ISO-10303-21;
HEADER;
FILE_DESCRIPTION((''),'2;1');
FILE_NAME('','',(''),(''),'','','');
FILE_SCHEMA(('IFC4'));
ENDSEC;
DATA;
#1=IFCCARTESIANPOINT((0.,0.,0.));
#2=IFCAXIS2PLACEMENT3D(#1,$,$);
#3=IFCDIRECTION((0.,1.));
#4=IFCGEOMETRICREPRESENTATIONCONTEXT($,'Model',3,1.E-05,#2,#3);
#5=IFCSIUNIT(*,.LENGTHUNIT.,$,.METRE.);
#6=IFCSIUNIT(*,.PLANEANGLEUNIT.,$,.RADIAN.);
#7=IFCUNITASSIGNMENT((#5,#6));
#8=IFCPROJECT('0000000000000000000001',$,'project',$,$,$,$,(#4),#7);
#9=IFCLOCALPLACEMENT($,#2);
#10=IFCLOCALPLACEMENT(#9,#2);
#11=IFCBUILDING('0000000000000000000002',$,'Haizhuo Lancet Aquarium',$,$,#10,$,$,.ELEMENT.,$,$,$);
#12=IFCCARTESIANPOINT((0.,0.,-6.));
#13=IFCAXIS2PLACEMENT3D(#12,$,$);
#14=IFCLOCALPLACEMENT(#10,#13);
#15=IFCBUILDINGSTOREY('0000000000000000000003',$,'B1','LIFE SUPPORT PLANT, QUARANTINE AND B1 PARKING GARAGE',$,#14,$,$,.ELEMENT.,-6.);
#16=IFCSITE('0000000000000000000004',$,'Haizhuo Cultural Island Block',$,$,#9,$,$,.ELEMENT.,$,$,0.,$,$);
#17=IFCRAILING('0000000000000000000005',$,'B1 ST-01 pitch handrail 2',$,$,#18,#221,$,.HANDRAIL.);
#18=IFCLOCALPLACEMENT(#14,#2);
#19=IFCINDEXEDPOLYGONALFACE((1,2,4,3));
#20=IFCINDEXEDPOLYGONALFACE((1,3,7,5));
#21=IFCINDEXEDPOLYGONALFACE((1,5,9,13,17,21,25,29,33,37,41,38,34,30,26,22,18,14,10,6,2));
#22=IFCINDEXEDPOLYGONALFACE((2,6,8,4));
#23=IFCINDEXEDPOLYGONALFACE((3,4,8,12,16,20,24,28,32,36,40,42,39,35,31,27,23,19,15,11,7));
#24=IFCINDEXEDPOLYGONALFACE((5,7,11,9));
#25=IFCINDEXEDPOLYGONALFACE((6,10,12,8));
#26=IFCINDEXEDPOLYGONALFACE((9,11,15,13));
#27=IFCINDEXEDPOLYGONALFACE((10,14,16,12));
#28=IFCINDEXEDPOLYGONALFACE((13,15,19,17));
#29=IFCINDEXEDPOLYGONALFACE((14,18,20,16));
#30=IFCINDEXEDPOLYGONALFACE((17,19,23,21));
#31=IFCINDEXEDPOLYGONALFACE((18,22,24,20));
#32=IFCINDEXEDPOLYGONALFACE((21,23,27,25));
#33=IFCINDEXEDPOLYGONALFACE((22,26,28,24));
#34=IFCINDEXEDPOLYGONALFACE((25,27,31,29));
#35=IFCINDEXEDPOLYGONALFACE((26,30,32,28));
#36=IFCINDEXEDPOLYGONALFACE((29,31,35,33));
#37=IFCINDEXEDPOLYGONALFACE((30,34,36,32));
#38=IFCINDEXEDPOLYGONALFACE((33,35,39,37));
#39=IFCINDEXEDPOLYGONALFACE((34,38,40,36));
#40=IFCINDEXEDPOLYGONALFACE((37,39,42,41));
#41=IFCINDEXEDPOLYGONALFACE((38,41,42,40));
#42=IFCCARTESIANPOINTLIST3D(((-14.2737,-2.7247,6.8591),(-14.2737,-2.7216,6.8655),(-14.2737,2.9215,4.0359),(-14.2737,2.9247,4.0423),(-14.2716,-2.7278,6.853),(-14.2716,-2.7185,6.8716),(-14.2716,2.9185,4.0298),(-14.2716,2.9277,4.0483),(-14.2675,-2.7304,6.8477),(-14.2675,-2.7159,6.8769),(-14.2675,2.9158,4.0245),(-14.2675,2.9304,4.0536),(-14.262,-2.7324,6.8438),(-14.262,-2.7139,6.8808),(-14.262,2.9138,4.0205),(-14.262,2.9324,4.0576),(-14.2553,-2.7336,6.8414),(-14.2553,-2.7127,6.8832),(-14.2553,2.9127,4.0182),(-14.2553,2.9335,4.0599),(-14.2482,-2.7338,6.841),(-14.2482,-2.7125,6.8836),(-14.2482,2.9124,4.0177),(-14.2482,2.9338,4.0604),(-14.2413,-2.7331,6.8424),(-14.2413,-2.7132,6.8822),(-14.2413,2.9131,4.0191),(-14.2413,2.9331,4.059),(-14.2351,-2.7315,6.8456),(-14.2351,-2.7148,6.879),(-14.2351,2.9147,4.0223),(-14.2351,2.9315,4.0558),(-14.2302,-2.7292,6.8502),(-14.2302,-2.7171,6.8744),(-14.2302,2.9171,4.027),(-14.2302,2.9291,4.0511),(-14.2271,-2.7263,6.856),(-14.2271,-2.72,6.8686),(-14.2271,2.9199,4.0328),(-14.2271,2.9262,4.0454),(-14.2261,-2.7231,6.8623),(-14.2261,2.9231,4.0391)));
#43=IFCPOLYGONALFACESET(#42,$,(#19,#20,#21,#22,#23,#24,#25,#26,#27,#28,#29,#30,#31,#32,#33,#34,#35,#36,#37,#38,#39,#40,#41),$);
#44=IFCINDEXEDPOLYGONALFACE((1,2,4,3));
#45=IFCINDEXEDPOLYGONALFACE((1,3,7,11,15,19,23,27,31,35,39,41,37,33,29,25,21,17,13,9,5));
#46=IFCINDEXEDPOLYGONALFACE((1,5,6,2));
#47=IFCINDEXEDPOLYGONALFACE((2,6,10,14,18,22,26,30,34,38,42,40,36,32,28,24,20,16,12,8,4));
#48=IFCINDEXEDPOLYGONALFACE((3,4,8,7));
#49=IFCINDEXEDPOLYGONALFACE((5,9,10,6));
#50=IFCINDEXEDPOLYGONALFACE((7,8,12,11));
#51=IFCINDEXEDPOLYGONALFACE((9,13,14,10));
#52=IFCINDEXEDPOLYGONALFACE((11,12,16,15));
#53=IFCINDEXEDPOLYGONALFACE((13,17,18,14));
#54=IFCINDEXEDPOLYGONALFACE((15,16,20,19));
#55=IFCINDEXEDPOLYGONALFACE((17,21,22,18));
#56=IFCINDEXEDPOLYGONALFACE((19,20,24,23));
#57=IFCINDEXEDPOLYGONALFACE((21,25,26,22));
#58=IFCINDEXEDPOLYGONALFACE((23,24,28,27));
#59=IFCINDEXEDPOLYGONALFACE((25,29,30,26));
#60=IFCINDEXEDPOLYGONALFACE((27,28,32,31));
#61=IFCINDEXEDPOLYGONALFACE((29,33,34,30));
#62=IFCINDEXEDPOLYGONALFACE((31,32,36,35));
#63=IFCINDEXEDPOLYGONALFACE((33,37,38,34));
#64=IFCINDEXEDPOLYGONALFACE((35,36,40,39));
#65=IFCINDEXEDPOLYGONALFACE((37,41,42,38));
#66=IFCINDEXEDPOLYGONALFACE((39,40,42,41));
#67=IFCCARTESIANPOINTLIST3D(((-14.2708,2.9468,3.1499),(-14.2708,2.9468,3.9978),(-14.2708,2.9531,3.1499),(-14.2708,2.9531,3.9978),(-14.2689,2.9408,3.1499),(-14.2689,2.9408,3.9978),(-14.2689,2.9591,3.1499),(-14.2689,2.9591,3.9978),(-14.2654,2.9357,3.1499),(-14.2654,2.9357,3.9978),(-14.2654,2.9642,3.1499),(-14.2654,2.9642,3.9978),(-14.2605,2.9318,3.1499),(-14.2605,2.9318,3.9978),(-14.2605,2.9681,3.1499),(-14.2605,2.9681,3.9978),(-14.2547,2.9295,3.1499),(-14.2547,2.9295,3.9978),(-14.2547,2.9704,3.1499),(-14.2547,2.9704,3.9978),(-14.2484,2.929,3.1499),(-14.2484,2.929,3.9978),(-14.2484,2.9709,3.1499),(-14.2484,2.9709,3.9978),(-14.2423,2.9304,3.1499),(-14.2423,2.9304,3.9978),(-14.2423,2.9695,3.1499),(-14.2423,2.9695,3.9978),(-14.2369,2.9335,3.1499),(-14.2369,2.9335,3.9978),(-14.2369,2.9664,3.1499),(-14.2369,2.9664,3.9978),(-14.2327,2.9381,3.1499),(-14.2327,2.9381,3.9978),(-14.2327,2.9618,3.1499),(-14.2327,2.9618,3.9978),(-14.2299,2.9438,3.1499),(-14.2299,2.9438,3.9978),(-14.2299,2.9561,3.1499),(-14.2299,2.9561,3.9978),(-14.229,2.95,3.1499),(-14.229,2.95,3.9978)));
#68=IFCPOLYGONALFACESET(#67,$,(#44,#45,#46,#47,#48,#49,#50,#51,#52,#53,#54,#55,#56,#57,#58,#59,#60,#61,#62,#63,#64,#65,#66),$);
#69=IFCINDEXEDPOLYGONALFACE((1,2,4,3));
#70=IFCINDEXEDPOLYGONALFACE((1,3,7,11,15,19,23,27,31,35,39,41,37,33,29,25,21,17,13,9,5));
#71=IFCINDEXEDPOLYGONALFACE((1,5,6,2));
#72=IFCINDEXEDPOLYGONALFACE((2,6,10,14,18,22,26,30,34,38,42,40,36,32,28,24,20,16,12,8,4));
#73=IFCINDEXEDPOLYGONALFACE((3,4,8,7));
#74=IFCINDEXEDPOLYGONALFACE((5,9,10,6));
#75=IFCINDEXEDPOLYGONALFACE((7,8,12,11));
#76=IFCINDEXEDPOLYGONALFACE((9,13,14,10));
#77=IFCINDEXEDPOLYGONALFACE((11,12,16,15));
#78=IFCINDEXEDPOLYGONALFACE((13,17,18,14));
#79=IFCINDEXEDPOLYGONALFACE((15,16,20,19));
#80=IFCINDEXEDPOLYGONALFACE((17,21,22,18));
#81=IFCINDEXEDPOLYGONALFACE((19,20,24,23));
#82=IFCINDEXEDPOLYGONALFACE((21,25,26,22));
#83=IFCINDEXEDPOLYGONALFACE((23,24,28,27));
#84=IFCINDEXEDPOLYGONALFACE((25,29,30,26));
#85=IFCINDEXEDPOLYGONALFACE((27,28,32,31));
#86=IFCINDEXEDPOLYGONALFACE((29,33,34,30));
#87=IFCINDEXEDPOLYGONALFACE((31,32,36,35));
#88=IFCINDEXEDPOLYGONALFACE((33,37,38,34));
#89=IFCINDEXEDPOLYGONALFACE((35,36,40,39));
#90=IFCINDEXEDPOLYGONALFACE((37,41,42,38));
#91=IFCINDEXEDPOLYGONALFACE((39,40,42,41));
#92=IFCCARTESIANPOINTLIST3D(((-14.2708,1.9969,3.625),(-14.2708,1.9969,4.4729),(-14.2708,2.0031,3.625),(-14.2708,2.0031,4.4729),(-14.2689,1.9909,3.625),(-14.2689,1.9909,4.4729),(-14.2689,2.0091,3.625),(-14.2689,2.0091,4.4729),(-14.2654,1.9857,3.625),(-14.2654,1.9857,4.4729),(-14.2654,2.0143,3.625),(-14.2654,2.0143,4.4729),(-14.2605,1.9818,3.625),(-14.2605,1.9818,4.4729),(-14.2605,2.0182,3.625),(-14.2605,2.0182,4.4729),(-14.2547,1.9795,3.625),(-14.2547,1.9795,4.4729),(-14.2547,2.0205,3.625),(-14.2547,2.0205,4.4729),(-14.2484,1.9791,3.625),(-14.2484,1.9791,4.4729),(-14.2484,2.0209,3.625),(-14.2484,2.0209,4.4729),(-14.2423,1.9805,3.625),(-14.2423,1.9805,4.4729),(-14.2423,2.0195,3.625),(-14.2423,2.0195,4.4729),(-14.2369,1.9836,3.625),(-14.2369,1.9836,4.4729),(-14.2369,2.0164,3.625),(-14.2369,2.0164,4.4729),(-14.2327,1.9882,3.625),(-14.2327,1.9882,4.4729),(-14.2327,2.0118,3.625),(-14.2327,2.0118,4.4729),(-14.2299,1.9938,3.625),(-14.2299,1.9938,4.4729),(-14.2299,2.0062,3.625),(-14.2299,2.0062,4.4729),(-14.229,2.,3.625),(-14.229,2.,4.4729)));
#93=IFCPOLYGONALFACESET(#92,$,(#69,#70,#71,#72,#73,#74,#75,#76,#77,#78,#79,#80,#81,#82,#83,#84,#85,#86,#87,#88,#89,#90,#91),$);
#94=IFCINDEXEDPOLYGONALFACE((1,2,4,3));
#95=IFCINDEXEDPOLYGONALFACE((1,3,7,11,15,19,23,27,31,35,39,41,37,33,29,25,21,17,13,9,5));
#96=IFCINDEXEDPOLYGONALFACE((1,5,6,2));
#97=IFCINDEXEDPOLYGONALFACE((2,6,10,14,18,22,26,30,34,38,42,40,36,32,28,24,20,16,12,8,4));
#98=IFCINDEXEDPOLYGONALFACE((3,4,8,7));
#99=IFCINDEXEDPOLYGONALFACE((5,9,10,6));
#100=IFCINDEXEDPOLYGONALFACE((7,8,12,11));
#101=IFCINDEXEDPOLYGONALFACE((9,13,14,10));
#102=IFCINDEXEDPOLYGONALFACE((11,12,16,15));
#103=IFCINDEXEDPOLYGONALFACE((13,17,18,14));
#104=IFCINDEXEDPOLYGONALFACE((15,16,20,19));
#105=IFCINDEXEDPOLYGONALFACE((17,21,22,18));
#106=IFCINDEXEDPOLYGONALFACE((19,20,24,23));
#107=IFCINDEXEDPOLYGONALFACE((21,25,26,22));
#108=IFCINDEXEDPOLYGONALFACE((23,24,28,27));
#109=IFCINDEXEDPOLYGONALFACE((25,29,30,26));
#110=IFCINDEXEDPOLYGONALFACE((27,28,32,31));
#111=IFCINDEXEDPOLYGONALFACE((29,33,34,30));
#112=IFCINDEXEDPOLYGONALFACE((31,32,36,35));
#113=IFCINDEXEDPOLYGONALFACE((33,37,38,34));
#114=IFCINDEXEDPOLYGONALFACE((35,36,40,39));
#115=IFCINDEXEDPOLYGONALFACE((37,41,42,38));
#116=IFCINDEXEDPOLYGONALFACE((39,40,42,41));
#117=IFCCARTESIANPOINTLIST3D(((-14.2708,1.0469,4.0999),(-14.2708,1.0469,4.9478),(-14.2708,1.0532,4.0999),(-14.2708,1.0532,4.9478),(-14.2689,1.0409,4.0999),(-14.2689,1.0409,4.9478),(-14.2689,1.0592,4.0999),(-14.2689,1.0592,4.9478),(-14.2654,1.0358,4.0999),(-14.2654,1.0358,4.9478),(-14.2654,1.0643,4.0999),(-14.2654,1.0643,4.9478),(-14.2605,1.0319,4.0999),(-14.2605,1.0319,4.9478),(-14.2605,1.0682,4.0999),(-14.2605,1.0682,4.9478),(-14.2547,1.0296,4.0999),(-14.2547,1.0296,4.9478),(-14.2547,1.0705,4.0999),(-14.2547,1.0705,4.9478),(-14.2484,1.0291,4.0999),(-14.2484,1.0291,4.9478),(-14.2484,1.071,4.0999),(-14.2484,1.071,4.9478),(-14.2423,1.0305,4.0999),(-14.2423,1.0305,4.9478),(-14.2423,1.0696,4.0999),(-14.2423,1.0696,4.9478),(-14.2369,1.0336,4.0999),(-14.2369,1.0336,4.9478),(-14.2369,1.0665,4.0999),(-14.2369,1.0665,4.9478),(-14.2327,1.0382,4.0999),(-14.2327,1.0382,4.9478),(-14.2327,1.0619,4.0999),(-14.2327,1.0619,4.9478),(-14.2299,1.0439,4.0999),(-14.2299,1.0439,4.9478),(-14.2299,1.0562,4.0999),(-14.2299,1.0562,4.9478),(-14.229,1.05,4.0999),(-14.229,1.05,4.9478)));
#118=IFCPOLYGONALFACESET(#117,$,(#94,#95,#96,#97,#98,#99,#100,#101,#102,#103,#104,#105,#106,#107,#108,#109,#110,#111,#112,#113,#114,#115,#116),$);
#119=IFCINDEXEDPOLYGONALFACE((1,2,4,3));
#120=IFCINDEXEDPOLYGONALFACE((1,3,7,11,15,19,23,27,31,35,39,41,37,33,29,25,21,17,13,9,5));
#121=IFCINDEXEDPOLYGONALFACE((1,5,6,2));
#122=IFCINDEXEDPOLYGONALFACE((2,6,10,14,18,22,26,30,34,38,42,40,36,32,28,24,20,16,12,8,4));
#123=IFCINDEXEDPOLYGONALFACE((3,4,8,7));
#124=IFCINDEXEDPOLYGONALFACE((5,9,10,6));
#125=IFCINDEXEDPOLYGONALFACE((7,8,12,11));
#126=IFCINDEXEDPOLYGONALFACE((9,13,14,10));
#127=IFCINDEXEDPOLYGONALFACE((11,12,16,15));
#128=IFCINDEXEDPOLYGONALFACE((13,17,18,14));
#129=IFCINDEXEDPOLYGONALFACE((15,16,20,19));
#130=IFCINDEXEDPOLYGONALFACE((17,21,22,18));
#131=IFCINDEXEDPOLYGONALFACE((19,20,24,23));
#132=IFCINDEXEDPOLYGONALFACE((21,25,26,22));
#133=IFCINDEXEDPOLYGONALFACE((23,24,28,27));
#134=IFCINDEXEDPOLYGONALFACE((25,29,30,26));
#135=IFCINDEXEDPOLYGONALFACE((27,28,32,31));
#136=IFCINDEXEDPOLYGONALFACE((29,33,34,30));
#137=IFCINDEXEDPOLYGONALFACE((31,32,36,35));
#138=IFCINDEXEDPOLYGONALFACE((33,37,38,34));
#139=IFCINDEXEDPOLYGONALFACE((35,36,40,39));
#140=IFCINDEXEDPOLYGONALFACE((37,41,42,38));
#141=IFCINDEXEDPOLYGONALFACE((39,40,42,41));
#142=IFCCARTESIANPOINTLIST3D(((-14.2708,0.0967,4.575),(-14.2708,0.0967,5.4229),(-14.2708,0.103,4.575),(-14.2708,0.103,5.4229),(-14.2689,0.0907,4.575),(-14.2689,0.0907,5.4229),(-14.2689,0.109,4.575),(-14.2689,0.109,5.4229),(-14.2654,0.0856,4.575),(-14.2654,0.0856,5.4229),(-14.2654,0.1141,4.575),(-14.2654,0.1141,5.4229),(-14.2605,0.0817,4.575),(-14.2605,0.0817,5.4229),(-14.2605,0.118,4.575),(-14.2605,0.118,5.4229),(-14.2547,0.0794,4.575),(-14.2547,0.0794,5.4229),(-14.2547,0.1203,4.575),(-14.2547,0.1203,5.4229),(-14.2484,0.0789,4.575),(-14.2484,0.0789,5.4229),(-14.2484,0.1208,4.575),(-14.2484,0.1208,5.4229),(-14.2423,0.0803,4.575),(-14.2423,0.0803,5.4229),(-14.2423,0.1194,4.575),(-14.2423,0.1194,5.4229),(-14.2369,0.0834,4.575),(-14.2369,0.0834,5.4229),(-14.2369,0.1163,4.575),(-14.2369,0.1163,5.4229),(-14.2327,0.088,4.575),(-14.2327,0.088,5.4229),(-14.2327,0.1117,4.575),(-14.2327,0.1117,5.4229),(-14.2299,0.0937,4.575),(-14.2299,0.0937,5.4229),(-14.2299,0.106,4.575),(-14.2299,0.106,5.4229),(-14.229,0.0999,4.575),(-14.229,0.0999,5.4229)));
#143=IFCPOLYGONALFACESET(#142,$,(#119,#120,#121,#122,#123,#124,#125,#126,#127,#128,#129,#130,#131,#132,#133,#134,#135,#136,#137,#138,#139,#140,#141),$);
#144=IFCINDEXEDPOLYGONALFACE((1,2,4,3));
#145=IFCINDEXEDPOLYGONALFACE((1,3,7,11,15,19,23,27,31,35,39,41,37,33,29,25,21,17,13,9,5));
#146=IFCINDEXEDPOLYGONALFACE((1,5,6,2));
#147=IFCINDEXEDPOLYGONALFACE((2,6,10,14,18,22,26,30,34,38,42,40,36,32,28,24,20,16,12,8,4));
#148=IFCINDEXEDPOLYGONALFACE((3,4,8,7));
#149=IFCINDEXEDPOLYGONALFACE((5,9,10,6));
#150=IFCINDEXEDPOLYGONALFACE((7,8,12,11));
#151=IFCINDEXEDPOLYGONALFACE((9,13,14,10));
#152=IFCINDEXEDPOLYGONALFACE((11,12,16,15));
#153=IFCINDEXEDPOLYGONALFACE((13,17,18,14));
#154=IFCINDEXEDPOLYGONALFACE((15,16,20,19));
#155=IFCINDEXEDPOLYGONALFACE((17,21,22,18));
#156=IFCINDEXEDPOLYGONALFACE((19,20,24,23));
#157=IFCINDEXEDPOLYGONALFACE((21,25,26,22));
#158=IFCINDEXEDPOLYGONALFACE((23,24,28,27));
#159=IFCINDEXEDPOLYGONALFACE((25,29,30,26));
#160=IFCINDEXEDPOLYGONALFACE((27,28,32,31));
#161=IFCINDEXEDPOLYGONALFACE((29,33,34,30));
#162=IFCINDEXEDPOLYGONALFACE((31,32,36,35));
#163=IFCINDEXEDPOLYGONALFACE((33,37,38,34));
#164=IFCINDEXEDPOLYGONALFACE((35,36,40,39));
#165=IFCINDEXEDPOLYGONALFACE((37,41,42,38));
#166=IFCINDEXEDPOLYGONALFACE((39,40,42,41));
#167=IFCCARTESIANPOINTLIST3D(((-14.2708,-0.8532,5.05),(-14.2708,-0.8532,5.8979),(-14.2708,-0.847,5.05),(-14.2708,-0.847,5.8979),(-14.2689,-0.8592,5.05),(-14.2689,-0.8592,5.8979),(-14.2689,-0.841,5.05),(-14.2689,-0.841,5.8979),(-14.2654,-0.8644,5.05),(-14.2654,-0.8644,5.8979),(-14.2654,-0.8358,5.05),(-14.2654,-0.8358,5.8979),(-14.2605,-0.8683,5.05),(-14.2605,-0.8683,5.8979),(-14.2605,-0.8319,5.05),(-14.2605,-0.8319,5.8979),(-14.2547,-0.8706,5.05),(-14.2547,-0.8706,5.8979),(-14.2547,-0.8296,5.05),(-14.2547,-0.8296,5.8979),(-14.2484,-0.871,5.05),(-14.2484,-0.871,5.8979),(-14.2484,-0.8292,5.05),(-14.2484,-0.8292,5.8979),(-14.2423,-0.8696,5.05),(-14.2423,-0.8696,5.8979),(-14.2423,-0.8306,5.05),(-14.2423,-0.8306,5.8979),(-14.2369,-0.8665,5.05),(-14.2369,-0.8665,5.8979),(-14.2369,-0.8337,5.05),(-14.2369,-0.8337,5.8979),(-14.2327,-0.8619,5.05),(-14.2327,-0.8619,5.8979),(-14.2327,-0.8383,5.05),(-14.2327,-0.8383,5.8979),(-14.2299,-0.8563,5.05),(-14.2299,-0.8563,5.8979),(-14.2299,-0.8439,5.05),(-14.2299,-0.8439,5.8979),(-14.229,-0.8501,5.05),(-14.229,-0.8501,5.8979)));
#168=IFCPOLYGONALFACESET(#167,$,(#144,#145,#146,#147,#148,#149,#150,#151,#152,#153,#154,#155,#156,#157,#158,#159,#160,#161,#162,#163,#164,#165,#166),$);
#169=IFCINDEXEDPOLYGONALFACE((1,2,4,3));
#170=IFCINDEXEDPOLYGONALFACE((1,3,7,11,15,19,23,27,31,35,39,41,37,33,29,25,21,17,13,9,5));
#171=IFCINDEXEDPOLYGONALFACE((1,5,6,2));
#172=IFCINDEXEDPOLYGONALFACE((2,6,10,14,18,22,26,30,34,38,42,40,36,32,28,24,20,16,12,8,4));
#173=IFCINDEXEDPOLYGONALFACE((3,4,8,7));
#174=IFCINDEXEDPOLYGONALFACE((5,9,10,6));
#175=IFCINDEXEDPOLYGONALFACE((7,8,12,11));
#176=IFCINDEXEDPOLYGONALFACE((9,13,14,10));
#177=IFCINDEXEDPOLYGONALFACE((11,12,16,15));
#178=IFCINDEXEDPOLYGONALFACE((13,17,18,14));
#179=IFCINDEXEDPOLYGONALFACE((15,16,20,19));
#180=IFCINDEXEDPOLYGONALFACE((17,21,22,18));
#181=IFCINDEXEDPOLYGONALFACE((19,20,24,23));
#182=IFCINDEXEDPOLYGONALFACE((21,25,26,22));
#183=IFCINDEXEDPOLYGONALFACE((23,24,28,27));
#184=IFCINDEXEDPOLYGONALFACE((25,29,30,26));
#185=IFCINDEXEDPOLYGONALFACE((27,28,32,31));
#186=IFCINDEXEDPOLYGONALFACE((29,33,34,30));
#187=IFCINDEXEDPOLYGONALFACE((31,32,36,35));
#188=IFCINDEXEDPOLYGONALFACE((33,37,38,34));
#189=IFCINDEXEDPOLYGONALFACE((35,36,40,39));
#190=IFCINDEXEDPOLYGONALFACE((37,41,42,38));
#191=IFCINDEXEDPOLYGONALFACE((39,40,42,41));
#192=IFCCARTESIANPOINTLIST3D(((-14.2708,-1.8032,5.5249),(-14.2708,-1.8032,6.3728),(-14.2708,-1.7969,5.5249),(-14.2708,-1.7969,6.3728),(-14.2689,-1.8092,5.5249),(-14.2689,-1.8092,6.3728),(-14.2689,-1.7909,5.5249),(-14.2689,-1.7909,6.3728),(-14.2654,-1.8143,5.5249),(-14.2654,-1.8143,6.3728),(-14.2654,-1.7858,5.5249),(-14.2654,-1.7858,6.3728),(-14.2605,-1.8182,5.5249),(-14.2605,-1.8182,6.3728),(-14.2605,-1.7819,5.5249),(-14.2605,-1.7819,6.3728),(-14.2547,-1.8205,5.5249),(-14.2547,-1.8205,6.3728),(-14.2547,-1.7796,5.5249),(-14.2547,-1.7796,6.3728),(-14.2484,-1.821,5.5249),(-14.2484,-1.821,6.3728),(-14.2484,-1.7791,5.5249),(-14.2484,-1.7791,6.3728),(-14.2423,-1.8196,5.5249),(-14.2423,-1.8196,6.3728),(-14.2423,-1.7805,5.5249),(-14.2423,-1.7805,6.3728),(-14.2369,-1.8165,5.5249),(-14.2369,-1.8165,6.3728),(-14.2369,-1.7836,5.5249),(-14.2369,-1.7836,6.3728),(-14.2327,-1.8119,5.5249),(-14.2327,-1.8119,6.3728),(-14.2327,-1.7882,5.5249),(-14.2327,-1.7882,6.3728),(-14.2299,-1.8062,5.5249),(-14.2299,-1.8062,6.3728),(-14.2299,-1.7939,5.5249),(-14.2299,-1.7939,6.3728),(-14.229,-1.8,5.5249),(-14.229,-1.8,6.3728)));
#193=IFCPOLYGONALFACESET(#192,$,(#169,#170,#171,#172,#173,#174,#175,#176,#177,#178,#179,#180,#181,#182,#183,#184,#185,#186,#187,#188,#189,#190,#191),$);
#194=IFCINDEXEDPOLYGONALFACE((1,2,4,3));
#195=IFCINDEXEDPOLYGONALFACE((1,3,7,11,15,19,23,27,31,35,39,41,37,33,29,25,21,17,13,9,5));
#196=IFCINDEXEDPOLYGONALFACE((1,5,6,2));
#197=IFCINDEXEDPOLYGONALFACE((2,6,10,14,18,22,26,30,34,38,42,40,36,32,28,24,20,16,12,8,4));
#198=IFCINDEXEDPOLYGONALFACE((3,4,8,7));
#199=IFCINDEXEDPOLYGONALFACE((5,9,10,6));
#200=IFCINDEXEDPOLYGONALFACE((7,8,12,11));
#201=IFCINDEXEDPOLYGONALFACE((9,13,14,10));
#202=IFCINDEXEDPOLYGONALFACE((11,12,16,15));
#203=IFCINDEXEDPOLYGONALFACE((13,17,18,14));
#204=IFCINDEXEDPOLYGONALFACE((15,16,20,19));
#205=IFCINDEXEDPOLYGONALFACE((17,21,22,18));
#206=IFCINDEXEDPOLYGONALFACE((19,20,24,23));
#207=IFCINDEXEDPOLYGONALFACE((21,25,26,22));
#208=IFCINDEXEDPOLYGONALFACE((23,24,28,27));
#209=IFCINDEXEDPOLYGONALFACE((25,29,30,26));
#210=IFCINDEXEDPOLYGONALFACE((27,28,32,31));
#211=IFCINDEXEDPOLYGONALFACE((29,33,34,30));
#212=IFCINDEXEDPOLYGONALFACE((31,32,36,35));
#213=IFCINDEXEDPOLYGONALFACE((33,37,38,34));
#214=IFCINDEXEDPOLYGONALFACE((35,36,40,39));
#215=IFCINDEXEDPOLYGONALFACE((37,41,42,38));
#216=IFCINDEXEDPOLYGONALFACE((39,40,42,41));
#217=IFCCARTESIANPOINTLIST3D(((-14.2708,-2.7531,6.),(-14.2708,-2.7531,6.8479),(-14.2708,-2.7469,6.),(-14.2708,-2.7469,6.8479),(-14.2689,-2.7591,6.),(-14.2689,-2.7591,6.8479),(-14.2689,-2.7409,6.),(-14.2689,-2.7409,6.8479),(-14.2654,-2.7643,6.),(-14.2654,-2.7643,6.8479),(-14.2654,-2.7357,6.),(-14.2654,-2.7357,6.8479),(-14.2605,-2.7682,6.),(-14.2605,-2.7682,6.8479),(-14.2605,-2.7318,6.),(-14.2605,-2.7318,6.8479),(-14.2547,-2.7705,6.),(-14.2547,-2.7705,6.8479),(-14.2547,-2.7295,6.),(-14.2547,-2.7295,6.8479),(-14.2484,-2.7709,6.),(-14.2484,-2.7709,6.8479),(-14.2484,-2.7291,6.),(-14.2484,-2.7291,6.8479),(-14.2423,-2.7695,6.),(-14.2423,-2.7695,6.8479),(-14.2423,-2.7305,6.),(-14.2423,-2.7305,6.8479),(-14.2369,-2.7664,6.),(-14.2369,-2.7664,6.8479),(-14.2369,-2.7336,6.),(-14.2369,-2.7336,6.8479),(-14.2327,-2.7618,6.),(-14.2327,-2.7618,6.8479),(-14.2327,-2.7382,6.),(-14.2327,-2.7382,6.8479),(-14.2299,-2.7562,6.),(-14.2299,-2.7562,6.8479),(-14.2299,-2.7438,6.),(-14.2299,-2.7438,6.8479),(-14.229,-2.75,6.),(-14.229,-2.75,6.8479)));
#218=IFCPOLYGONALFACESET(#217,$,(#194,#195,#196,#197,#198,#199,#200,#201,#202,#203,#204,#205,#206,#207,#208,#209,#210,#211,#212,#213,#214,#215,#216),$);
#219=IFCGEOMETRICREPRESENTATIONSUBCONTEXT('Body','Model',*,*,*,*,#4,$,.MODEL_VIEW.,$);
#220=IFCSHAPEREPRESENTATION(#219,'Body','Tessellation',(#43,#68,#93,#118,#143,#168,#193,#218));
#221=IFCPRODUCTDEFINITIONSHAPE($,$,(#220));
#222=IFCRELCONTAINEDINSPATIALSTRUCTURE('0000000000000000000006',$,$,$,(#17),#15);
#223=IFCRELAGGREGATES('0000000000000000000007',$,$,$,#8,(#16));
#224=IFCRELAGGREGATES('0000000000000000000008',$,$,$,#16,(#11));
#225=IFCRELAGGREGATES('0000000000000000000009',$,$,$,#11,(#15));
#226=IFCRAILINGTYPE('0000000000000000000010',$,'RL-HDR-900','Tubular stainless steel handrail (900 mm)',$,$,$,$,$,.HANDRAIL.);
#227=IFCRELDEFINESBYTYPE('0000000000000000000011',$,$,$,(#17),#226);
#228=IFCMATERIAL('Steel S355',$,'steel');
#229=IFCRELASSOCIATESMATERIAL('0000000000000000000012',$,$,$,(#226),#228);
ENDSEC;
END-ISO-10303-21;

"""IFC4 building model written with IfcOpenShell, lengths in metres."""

from ifc_helpers import new_model, si_unit, direction, frame, origin, origin_2d, place, context, subcontext, project, spatial, circle, extrude, material, type_object, element, save


model = new_model("IFC4")

# Units and contexts
model_context = context("Model", 3, precision=1e-05, world=origin(), true_north=direction((0.0, 1.0)))
body_context = subcontext(model_context, "Body", "Model", "MODEL_VIEW")
ifc_project = project(units=[si_unit("LENGTHUNIT", "METRE"), si_unit("PLANEANGLEUNIT", "RADIAN")], contexts=[model_context])

# Site, building, storey
site_placement = place(None, origin())
site = spatial("IfcSite", under=ifc_project, at=site_placement, Name="Haizhuo Cultural Island Block", CompositionType="ELEMENT", RefElevation=0.0)
building_placement = place(site_placement, origin())
building = spatial("IfcBuilding", under=site, at=building_placement, Name="Haizhuo Lancet Aquarium", CompositionType="ELEMENT")
storey_placement = place(building_placement, frame((0.0, 0.0, -6.0)))
storey = spatial("IfcBuildingStorey", under=building, at=storey_placement, Name="B1", Description="LIFE SUPPORT PLANT, QUARANTINE AND B1 PARKING GARAGE", CompositionType="ELEMENT", Elevation=-6.0)

# Shared definitions
ifc_material_1 = material(Name="Steel S355", Category="steel")

# Railing
railing_type_1 = type_object("IfcRailingType", Name="RL-HDR-900", Description="Tubular stainless steel handrail (900 mm)", PredefinedType="HANDRAIL", material=ifc_material_1)
railing_1_placement = place(storey_placement, frame((-14.25, 2.95, 3.1499)))
element("IfcRailing", 1, at=railing_1_placement, inside=storey, type_object=railing_type_1, Name="B1 ST-01 pitch handrail 2", PredefinedType="HANDRAIL", context=body_context, shape_type="SweptSolid", body=[
    extrude(circle(Radius=0.0239, at=origin_2d()), frame((0.0, -0.0269, 0.8892), z_axis=(0.0, -0.89442, 0.447229), x_axis=(1.0, 0.0, 0.0)), (0.0, 0.0, 1.0), 6.3127),
    extrude(circle(Radius=0.021, at=origin_2d()), origin(), (0.0, 0.0, 1.0), 0.8479),
    extrude(circle(Radius=0.021, at=origin_2d()), frame((0.0, -0.95, 0.4751)), (0.0, 0.0, 1.0), 0.8479),
    extrude(circle(Radius=0.021, at=origin_2d()), frame((0.0, -1.8999, 0.95)), (0.0, 0.0, 1.0), 0.8479),
    extrude(circle(Radius=0.021, at=origin_2d()), frame((0.0, -2.8501, 1.425)), (0.0, 0.0, 1.0), 0.8479),
    extrude(circle(Radius=0.021, at=origin_2d()), frame((0.0, -3.8, 1.9001)), (0.0, 0.0, 1.0), 0.8479),
    extrude(circle(Radius=0.021, at=origin_2d()), frame((0.0, -4.75, 2.375)), (0.0, 0.0, 1.0), 0.8479),
    extrude(circle(Radius=0.021, at=origin_2d()), frame((0.0, -5.7, 2.8501)), (0.0, 0.0, 1.0), 0.8479),
])

save(model, "model.ifc")
